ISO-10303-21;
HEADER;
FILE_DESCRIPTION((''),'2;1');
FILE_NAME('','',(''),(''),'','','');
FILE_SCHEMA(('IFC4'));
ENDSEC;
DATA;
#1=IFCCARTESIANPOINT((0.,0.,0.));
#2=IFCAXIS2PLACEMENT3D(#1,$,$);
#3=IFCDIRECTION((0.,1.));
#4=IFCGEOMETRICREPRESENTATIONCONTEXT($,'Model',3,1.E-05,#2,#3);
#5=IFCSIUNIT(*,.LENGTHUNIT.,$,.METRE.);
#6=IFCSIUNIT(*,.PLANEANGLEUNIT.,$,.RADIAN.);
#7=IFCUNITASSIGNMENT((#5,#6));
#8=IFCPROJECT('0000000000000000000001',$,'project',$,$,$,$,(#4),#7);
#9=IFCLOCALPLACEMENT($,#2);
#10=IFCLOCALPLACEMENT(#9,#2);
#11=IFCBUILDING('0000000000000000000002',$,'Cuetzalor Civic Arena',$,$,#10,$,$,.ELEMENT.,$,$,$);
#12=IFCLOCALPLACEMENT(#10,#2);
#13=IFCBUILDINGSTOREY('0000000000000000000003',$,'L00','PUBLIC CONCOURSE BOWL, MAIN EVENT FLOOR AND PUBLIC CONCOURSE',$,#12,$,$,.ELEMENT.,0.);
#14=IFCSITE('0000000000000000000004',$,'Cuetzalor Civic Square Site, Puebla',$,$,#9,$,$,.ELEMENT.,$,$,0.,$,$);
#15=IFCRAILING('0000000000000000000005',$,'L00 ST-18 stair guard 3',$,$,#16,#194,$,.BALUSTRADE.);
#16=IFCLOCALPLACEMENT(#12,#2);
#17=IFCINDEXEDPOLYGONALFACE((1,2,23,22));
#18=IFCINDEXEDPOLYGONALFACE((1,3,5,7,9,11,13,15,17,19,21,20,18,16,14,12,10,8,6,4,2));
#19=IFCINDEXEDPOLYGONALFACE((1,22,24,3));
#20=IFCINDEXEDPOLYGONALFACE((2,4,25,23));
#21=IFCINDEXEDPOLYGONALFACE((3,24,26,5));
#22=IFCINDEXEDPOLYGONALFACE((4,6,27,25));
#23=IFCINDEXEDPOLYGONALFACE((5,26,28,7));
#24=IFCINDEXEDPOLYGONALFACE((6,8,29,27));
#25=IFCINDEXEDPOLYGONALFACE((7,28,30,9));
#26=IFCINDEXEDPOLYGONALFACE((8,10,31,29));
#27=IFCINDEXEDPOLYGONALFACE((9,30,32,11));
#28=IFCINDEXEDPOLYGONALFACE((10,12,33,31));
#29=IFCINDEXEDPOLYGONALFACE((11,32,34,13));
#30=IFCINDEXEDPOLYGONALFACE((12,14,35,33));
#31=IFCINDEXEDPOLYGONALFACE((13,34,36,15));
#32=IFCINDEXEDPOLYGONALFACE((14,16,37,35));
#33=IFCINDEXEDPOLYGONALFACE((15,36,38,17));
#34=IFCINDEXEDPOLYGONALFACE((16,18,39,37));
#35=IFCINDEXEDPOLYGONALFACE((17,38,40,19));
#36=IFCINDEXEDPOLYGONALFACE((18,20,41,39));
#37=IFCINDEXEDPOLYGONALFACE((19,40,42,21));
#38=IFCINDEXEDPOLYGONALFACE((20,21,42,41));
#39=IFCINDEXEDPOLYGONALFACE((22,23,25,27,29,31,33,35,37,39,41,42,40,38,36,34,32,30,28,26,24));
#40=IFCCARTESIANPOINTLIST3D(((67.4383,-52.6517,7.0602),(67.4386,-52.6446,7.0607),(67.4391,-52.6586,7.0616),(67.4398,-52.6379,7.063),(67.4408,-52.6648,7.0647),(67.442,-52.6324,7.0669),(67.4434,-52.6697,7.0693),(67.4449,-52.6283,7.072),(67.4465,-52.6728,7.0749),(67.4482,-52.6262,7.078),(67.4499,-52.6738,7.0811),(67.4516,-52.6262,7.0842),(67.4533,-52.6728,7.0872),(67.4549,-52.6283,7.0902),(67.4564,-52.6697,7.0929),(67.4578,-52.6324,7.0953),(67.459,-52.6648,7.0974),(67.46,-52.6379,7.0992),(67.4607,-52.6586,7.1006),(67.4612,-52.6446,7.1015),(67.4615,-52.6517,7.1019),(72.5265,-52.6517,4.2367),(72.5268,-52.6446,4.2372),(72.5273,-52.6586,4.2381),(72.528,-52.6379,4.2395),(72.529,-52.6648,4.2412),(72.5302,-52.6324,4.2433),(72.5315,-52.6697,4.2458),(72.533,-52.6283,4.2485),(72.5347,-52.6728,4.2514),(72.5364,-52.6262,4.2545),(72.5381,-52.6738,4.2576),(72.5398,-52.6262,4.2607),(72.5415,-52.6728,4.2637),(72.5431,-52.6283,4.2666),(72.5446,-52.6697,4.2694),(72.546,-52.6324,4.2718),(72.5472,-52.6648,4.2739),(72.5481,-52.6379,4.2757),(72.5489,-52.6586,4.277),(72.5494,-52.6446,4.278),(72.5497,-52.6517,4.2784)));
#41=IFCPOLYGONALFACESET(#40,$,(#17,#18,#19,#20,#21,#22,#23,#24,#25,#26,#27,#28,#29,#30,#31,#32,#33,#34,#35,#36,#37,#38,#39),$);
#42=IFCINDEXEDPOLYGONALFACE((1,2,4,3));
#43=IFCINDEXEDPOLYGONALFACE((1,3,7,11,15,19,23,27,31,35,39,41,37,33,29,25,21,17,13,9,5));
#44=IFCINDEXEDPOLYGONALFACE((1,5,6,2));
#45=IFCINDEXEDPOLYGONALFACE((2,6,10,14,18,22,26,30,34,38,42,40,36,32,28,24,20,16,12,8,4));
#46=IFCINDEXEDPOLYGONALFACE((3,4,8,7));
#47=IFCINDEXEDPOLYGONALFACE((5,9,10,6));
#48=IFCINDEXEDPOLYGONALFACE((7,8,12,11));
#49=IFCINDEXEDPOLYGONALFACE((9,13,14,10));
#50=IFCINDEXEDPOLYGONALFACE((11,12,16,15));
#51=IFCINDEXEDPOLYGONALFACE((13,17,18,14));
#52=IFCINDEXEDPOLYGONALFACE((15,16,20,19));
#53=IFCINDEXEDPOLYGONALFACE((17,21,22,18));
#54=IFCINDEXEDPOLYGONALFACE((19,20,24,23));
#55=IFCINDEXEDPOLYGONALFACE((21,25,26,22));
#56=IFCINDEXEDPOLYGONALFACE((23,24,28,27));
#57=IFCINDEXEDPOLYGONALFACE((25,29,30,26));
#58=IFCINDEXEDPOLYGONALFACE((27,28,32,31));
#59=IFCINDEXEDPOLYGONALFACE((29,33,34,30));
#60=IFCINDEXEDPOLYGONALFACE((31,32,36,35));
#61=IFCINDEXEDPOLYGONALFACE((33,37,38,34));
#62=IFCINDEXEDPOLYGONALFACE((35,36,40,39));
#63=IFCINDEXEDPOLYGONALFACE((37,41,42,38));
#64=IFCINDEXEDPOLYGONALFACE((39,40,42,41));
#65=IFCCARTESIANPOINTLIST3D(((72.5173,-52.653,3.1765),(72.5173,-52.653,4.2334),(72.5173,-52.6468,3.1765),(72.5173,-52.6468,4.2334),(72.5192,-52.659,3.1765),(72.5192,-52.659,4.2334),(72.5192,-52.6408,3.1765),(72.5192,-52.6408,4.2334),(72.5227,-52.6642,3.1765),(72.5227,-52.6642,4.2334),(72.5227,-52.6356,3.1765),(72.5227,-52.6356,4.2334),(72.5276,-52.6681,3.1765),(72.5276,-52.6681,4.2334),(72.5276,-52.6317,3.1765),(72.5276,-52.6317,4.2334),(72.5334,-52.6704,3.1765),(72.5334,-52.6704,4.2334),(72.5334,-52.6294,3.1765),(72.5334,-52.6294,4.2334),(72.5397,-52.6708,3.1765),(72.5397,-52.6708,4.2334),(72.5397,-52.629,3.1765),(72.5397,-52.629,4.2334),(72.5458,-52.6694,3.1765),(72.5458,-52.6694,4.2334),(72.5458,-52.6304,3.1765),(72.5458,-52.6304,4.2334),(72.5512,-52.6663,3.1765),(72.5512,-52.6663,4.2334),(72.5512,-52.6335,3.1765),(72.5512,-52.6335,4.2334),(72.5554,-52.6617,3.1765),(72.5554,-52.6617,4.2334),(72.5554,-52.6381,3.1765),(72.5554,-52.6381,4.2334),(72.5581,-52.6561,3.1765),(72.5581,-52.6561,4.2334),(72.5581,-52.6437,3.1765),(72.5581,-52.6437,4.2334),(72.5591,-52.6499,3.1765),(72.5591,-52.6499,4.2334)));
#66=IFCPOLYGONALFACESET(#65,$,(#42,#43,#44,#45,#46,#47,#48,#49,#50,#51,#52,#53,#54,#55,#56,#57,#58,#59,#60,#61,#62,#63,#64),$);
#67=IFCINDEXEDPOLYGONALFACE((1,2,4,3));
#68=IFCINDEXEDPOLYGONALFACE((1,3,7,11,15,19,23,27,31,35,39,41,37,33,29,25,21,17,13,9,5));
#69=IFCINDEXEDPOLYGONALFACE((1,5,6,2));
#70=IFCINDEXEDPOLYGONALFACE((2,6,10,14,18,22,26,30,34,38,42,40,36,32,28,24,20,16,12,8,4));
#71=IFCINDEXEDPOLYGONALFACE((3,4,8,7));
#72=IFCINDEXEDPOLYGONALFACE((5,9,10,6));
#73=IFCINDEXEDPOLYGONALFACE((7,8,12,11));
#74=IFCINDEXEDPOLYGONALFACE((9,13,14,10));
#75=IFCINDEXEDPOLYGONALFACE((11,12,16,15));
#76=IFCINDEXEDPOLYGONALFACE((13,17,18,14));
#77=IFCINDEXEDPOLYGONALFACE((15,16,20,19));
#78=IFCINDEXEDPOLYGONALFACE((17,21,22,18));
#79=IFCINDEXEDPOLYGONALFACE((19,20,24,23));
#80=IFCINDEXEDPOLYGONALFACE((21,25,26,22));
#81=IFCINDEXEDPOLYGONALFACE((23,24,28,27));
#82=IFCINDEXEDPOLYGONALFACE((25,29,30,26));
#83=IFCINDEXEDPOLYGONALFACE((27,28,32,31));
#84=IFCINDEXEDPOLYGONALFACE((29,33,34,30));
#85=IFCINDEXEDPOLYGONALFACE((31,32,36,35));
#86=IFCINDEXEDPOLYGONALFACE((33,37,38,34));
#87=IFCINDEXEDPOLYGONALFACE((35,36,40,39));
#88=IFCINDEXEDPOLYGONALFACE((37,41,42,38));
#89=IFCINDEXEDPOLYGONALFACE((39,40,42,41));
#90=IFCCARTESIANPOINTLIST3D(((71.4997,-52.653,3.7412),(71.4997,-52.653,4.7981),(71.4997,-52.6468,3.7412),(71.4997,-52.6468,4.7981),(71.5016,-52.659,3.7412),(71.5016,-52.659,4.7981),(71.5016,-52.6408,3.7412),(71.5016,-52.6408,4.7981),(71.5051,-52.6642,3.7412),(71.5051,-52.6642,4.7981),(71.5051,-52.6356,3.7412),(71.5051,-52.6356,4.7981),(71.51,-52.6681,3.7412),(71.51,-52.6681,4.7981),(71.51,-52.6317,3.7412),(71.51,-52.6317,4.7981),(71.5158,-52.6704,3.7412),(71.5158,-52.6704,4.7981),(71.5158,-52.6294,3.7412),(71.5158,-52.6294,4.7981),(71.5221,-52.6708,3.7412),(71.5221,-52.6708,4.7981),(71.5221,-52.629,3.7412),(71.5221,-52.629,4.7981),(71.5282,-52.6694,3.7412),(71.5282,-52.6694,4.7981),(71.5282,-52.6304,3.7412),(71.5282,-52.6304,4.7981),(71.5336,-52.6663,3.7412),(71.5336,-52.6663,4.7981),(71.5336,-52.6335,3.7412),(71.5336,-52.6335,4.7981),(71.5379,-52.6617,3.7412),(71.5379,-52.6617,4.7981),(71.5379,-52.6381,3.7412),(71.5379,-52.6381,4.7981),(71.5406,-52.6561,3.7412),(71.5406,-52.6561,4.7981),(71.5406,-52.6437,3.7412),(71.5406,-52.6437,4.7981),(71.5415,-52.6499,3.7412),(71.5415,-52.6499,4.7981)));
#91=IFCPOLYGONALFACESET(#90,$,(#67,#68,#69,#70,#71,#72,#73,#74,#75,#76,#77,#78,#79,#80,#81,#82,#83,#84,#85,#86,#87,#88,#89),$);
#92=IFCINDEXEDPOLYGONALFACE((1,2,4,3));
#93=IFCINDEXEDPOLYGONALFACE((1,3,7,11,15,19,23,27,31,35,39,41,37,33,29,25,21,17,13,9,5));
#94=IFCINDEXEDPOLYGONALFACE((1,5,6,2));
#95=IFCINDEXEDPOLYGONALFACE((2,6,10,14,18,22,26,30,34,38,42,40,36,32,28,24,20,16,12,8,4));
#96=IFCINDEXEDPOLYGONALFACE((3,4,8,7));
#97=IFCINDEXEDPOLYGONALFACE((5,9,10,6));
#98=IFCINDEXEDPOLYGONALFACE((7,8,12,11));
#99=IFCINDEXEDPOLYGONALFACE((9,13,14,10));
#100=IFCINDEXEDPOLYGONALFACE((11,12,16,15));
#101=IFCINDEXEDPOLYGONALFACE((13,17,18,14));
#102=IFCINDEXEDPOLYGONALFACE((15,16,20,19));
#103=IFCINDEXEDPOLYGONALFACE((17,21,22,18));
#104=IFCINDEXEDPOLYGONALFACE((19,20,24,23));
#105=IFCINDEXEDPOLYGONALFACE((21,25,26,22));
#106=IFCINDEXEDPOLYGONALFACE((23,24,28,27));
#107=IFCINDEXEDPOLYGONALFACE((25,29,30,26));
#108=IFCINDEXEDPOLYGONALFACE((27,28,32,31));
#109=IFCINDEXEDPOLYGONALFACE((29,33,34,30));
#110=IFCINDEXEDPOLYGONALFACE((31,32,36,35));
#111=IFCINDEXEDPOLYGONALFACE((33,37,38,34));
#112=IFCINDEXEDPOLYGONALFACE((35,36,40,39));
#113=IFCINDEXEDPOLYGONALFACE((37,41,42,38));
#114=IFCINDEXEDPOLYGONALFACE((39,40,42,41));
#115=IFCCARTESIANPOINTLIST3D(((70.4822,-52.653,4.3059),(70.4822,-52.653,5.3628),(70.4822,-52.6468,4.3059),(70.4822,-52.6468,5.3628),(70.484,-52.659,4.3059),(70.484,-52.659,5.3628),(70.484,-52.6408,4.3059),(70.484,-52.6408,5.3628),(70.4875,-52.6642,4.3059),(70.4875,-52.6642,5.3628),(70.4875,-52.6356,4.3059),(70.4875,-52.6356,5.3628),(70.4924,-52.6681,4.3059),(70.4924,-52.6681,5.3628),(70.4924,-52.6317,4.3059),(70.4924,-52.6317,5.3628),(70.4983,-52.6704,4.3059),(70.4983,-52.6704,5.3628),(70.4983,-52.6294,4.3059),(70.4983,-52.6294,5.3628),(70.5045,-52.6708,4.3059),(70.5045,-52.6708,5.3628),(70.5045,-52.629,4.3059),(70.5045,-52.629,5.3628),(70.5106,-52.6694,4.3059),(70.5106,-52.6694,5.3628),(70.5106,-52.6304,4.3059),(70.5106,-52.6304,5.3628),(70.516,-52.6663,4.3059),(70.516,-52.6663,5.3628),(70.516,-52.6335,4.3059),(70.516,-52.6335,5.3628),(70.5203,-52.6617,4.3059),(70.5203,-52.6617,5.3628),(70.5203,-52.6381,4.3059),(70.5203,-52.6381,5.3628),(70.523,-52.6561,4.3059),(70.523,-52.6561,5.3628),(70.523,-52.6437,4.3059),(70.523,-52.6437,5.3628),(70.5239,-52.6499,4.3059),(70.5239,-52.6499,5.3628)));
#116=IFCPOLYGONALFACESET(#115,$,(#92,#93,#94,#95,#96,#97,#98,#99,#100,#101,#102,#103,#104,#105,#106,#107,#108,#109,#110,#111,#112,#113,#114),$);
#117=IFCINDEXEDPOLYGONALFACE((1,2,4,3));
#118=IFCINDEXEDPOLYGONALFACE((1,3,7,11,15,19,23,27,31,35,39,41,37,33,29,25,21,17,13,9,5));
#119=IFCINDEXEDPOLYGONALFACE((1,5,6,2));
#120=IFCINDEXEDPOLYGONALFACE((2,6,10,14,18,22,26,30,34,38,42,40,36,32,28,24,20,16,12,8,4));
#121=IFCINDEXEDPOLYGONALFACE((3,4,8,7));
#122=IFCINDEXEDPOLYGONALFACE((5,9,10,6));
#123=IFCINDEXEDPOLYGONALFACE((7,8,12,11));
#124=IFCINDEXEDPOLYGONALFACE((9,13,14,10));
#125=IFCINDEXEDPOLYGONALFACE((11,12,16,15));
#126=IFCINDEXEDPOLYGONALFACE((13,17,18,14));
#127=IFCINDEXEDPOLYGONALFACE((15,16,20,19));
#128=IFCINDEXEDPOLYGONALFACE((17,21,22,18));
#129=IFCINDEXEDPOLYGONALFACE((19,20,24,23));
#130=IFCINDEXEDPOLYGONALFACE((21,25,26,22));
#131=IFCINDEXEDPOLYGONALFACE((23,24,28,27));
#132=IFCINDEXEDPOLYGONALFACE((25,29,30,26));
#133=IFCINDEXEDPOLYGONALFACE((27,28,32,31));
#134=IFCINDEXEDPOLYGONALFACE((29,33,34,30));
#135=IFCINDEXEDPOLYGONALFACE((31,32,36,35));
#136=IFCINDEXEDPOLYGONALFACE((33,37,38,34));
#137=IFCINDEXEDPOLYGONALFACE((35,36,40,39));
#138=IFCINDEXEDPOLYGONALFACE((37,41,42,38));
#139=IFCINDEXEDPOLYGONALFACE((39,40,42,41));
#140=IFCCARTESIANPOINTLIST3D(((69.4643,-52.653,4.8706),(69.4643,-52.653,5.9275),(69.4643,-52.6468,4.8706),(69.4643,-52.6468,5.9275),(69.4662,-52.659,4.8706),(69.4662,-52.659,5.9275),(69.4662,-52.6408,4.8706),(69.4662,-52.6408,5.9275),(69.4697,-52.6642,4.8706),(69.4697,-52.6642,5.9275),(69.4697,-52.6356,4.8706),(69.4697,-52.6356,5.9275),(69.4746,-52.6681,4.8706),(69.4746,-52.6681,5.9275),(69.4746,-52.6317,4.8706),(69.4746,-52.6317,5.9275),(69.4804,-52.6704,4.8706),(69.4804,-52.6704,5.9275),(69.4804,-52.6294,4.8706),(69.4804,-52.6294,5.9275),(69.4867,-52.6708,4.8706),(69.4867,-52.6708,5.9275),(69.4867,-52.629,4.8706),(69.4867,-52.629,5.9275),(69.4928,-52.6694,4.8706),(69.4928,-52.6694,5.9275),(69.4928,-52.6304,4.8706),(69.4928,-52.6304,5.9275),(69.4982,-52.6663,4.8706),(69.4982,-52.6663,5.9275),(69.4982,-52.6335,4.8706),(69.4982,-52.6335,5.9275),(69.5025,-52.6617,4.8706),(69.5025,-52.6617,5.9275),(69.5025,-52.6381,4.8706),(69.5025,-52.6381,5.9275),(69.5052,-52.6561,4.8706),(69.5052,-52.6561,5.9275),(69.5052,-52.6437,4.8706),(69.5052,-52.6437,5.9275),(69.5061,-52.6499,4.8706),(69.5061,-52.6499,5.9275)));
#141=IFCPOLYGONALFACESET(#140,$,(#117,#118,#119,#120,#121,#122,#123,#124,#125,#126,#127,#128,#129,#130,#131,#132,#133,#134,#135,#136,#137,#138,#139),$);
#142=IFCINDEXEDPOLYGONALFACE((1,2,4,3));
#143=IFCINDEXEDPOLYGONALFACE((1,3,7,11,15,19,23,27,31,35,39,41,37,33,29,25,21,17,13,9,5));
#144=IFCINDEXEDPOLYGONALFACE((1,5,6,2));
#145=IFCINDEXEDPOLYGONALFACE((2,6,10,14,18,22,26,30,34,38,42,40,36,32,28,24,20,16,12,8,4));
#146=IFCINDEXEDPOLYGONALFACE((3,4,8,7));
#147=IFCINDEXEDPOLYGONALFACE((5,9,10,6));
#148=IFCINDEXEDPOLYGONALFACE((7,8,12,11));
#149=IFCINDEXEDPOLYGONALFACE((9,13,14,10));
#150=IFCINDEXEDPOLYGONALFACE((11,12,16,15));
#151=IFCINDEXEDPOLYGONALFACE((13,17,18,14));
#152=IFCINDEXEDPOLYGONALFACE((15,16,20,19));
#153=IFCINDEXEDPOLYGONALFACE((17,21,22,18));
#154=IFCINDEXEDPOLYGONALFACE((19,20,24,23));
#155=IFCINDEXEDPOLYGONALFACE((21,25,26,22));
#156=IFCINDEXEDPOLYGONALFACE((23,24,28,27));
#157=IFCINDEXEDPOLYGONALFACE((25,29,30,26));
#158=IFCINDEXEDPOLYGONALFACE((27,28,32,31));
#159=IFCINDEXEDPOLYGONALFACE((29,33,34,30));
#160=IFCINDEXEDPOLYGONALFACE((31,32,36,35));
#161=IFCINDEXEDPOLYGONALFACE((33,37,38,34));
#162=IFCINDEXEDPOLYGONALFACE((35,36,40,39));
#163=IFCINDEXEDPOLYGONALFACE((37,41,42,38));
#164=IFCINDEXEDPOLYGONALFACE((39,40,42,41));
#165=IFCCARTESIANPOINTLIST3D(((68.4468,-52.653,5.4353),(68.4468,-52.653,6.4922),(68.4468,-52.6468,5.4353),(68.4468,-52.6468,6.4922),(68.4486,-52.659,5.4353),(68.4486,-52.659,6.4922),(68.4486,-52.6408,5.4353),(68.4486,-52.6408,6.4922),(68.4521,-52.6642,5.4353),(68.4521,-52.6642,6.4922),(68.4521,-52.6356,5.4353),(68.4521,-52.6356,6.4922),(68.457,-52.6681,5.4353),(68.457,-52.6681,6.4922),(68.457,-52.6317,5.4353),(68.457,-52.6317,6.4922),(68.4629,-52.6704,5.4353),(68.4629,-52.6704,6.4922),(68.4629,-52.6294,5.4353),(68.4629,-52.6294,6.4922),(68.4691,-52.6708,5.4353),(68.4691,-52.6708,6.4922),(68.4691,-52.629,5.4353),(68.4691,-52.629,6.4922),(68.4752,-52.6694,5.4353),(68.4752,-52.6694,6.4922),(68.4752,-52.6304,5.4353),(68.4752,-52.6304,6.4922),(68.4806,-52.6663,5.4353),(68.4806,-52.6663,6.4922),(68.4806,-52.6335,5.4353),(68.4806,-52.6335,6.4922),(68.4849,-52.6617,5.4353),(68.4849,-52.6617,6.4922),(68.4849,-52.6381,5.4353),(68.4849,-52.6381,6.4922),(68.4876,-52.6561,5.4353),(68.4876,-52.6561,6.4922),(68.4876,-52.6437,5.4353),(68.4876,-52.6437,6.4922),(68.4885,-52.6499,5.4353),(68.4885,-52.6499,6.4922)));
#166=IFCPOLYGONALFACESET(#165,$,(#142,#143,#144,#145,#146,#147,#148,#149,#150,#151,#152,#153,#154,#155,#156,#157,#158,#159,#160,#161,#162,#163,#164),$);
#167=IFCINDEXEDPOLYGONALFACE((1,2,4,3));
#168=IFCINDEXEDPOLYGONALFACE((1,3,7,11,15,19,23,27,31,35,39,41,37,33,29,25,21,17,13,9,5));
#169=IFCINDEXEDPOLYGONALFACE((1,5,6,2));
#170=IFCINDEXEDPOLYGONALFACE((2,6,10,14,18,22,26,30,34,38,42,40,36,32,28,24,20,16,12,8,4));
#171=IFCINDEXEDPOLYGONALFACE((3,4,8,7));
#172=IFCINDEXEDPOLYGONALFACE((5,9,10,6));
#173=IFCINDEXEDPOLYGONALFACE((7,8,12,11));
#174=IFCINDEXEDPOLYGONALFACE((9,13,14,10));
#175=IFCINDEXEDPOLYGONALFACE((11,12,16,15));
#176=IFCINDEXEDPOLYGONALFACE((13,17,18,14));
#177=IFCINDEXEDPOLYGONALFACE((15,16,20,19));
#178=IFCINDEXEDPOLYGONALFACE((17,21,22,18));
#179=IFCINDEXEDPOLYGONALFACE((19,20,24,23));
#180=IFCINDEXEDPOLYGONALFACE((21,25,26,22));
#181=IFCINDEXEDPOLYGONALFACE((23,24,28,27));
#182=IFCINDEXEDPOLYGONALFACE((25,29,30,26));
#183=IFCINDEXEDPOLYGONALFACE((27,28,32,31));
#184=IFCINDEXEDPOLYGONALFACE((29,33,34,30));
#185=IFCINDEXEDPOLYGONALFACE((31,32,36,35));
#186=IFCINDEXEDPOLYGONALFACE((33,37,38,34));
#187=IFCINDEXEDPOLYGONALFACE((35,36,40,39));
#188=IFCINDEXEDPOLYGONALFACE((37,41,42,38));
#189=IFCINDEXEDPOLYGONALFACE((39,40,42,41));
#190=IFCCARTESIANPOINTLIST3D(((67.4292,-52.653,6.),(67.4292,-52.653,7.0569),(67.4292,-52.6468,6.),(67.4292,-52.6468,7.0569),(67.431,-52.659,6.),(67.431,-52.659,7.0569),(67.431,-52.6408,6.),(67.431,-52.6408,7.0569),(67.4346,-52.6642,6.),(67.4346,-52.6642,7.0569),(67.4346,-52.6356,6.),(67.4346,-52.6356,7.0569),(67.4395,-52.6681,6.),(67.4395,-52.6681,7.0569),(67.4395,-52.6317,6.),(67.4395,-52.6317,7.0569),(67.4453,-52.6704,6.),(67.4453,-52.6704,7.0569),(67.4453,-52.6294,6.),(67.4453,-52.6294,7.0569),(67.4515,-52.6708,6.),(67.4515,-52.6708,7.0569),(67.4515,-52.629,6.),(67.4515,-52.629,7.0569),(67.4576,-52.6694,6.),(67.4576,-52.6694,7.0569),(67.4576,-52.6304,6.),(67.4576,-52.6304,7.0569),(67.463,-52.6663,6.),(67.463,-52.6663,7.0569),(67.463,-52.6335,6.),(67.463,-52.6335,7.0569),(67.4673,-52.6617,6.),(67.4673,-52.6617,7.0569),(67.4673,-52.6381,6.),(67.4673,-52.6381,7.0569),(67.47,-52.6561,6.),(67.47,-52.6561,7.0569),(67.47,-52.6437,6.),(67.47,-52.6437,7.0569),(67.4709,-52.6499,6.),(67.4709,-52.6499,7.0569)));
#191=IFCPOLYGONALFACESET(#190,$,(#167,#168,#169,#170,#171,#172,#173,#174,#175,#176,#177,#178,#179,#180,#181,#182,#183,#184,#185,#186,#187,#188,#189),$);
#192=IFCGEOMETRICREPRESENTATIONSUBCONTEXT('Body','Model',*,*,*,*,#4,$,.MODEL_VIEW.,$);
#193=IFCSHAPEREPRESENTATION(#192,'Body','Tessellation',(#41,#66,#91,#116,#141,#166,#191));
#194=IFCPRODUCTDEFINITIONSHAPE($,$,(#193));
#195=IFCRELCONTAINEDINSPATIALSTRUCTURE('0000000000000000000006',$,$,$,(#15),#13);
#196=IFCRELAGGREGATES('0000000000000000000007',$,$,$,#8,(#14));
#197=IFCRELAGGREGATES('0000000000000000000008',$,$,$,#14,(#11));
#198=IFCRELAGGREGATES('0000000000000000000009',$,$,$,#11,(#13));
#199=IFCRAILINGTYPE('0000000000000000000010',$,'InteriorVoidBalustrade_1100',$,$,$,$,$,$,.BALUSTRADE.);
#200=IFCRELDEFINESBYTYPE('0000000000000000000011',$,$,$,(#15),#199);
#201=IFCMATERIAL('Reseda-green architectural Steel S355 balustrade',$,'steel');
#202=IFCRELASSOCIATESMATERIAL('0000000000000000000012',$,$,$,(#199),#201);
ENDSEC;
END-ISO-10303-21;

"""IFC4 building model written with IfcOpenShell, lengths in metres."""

from ifc_helpers import new_model, si_unit, direction, frame, origin, origin_2d, place, context, subcontext, project, spatial, circle, extrude, material, type_object, element, save


model = new_model("IFC4")

# Units and contexts
model_context = context("Model", 3, precision=1e-05, world=origin(), true_north=direction((0.0, 1.0)))
body_context = subcontext(model_context, "Body", "Model", "MODEL_VIEW")
ifc_project = project(units=[si_unit("LENGTHUNIT", "METRE"), si_unit("PLANEANGLEUNIT", "RADIAN")], contexts=[model_context])

# Site, building, storey
site_placement = place(None, origin())
site = spatial("IfcSite", under=ifc_project, at=site_placement, Name="Cuetzalor Civic Square Site, Puebla", CompositionType="ELEMENT", RefElevation=0.0)
building_placement = place(site_placement, origin())
building = spatial("IfcBuilding", under=site, at=building_placement, Name="Cuetzalor Civic Arena", CompositionType="ELEMENT")
storey_placement = place(building_placement, origin())
storey = spatial("IfcBuildingStorey", under=building, at=storey_placement, Name="L00", Description="PUBLIC CONCOURSE BOWL, MAIN EVENT FLOOR AND PUBLIC CONCOURSE", CompositionType="ELEMENT", Elevation=0.0)

# Railing
ifc_material_1 = material(Name="Reseda-green architectural Steel S355 balustrade", Category="steel")
railing_type_1 = type_object("IfcRailingType", Name="InteriorVoidBalustrade_1100", PredefinedType="BALUSTRADE", material=ifc_material_1)
railing_1_placement = place(storey_placement, frame((72.5381, -52.6499, 3.1765)))
element("IfcRailing", 1, at=railing_1_placement, inside=storey, type_object=railing_type_1, Name="L00 ST-18 stair guard 3", PredefinedType="BALUSTRADE", context=body_context, shape_type="SweptSolid", body=[
    extrude(circle(Radius=0.0239, at=origin_2d()), frame((0.0, 0.0, 1.0811), z_axis=(-0.874395, 0.0, 0.485215), x_axis=(0.0, -1.0, 0.0)), (0.0, 0.0, 1.0), 5.8191),
    extrude(circle(Radius=0.021, at=origin_2d()), origin(), (0.0, 0.0, 1.0), 1.0569),
    extrude(circle(Radius=0.021, at=origin_2d()), frame((-1.0176, 0.0, 0.5647)), (0.0, 0.0, 1.0), 1.0569),
    extrude(circle(Radius=0.021, at=origin_2d()), frame((-2.0352, 0.0, 1.1294)), (0.0, 0.0, 1.0), 1.0569),
    extrude(circle(Radius=0.021, at=origin_2d()), frame((-3.053, 0.0, 1.6941)), (0.0, 0.0, 1.0), 1.0569),
    extrude(circle(Radius=0.021, at=origin_2d()), frame((-4.0706, 0.0, 2.2588)), (0.0, 0.0, 1.0), 1.0569),
    extrude(circle(Radius=0.021, at=origin_2d()), frame((-5.0881, 0.0, 2.8235)), (0.0, 0.0, 1.0), 1.0569),
])

save(model, "model.ifc")
